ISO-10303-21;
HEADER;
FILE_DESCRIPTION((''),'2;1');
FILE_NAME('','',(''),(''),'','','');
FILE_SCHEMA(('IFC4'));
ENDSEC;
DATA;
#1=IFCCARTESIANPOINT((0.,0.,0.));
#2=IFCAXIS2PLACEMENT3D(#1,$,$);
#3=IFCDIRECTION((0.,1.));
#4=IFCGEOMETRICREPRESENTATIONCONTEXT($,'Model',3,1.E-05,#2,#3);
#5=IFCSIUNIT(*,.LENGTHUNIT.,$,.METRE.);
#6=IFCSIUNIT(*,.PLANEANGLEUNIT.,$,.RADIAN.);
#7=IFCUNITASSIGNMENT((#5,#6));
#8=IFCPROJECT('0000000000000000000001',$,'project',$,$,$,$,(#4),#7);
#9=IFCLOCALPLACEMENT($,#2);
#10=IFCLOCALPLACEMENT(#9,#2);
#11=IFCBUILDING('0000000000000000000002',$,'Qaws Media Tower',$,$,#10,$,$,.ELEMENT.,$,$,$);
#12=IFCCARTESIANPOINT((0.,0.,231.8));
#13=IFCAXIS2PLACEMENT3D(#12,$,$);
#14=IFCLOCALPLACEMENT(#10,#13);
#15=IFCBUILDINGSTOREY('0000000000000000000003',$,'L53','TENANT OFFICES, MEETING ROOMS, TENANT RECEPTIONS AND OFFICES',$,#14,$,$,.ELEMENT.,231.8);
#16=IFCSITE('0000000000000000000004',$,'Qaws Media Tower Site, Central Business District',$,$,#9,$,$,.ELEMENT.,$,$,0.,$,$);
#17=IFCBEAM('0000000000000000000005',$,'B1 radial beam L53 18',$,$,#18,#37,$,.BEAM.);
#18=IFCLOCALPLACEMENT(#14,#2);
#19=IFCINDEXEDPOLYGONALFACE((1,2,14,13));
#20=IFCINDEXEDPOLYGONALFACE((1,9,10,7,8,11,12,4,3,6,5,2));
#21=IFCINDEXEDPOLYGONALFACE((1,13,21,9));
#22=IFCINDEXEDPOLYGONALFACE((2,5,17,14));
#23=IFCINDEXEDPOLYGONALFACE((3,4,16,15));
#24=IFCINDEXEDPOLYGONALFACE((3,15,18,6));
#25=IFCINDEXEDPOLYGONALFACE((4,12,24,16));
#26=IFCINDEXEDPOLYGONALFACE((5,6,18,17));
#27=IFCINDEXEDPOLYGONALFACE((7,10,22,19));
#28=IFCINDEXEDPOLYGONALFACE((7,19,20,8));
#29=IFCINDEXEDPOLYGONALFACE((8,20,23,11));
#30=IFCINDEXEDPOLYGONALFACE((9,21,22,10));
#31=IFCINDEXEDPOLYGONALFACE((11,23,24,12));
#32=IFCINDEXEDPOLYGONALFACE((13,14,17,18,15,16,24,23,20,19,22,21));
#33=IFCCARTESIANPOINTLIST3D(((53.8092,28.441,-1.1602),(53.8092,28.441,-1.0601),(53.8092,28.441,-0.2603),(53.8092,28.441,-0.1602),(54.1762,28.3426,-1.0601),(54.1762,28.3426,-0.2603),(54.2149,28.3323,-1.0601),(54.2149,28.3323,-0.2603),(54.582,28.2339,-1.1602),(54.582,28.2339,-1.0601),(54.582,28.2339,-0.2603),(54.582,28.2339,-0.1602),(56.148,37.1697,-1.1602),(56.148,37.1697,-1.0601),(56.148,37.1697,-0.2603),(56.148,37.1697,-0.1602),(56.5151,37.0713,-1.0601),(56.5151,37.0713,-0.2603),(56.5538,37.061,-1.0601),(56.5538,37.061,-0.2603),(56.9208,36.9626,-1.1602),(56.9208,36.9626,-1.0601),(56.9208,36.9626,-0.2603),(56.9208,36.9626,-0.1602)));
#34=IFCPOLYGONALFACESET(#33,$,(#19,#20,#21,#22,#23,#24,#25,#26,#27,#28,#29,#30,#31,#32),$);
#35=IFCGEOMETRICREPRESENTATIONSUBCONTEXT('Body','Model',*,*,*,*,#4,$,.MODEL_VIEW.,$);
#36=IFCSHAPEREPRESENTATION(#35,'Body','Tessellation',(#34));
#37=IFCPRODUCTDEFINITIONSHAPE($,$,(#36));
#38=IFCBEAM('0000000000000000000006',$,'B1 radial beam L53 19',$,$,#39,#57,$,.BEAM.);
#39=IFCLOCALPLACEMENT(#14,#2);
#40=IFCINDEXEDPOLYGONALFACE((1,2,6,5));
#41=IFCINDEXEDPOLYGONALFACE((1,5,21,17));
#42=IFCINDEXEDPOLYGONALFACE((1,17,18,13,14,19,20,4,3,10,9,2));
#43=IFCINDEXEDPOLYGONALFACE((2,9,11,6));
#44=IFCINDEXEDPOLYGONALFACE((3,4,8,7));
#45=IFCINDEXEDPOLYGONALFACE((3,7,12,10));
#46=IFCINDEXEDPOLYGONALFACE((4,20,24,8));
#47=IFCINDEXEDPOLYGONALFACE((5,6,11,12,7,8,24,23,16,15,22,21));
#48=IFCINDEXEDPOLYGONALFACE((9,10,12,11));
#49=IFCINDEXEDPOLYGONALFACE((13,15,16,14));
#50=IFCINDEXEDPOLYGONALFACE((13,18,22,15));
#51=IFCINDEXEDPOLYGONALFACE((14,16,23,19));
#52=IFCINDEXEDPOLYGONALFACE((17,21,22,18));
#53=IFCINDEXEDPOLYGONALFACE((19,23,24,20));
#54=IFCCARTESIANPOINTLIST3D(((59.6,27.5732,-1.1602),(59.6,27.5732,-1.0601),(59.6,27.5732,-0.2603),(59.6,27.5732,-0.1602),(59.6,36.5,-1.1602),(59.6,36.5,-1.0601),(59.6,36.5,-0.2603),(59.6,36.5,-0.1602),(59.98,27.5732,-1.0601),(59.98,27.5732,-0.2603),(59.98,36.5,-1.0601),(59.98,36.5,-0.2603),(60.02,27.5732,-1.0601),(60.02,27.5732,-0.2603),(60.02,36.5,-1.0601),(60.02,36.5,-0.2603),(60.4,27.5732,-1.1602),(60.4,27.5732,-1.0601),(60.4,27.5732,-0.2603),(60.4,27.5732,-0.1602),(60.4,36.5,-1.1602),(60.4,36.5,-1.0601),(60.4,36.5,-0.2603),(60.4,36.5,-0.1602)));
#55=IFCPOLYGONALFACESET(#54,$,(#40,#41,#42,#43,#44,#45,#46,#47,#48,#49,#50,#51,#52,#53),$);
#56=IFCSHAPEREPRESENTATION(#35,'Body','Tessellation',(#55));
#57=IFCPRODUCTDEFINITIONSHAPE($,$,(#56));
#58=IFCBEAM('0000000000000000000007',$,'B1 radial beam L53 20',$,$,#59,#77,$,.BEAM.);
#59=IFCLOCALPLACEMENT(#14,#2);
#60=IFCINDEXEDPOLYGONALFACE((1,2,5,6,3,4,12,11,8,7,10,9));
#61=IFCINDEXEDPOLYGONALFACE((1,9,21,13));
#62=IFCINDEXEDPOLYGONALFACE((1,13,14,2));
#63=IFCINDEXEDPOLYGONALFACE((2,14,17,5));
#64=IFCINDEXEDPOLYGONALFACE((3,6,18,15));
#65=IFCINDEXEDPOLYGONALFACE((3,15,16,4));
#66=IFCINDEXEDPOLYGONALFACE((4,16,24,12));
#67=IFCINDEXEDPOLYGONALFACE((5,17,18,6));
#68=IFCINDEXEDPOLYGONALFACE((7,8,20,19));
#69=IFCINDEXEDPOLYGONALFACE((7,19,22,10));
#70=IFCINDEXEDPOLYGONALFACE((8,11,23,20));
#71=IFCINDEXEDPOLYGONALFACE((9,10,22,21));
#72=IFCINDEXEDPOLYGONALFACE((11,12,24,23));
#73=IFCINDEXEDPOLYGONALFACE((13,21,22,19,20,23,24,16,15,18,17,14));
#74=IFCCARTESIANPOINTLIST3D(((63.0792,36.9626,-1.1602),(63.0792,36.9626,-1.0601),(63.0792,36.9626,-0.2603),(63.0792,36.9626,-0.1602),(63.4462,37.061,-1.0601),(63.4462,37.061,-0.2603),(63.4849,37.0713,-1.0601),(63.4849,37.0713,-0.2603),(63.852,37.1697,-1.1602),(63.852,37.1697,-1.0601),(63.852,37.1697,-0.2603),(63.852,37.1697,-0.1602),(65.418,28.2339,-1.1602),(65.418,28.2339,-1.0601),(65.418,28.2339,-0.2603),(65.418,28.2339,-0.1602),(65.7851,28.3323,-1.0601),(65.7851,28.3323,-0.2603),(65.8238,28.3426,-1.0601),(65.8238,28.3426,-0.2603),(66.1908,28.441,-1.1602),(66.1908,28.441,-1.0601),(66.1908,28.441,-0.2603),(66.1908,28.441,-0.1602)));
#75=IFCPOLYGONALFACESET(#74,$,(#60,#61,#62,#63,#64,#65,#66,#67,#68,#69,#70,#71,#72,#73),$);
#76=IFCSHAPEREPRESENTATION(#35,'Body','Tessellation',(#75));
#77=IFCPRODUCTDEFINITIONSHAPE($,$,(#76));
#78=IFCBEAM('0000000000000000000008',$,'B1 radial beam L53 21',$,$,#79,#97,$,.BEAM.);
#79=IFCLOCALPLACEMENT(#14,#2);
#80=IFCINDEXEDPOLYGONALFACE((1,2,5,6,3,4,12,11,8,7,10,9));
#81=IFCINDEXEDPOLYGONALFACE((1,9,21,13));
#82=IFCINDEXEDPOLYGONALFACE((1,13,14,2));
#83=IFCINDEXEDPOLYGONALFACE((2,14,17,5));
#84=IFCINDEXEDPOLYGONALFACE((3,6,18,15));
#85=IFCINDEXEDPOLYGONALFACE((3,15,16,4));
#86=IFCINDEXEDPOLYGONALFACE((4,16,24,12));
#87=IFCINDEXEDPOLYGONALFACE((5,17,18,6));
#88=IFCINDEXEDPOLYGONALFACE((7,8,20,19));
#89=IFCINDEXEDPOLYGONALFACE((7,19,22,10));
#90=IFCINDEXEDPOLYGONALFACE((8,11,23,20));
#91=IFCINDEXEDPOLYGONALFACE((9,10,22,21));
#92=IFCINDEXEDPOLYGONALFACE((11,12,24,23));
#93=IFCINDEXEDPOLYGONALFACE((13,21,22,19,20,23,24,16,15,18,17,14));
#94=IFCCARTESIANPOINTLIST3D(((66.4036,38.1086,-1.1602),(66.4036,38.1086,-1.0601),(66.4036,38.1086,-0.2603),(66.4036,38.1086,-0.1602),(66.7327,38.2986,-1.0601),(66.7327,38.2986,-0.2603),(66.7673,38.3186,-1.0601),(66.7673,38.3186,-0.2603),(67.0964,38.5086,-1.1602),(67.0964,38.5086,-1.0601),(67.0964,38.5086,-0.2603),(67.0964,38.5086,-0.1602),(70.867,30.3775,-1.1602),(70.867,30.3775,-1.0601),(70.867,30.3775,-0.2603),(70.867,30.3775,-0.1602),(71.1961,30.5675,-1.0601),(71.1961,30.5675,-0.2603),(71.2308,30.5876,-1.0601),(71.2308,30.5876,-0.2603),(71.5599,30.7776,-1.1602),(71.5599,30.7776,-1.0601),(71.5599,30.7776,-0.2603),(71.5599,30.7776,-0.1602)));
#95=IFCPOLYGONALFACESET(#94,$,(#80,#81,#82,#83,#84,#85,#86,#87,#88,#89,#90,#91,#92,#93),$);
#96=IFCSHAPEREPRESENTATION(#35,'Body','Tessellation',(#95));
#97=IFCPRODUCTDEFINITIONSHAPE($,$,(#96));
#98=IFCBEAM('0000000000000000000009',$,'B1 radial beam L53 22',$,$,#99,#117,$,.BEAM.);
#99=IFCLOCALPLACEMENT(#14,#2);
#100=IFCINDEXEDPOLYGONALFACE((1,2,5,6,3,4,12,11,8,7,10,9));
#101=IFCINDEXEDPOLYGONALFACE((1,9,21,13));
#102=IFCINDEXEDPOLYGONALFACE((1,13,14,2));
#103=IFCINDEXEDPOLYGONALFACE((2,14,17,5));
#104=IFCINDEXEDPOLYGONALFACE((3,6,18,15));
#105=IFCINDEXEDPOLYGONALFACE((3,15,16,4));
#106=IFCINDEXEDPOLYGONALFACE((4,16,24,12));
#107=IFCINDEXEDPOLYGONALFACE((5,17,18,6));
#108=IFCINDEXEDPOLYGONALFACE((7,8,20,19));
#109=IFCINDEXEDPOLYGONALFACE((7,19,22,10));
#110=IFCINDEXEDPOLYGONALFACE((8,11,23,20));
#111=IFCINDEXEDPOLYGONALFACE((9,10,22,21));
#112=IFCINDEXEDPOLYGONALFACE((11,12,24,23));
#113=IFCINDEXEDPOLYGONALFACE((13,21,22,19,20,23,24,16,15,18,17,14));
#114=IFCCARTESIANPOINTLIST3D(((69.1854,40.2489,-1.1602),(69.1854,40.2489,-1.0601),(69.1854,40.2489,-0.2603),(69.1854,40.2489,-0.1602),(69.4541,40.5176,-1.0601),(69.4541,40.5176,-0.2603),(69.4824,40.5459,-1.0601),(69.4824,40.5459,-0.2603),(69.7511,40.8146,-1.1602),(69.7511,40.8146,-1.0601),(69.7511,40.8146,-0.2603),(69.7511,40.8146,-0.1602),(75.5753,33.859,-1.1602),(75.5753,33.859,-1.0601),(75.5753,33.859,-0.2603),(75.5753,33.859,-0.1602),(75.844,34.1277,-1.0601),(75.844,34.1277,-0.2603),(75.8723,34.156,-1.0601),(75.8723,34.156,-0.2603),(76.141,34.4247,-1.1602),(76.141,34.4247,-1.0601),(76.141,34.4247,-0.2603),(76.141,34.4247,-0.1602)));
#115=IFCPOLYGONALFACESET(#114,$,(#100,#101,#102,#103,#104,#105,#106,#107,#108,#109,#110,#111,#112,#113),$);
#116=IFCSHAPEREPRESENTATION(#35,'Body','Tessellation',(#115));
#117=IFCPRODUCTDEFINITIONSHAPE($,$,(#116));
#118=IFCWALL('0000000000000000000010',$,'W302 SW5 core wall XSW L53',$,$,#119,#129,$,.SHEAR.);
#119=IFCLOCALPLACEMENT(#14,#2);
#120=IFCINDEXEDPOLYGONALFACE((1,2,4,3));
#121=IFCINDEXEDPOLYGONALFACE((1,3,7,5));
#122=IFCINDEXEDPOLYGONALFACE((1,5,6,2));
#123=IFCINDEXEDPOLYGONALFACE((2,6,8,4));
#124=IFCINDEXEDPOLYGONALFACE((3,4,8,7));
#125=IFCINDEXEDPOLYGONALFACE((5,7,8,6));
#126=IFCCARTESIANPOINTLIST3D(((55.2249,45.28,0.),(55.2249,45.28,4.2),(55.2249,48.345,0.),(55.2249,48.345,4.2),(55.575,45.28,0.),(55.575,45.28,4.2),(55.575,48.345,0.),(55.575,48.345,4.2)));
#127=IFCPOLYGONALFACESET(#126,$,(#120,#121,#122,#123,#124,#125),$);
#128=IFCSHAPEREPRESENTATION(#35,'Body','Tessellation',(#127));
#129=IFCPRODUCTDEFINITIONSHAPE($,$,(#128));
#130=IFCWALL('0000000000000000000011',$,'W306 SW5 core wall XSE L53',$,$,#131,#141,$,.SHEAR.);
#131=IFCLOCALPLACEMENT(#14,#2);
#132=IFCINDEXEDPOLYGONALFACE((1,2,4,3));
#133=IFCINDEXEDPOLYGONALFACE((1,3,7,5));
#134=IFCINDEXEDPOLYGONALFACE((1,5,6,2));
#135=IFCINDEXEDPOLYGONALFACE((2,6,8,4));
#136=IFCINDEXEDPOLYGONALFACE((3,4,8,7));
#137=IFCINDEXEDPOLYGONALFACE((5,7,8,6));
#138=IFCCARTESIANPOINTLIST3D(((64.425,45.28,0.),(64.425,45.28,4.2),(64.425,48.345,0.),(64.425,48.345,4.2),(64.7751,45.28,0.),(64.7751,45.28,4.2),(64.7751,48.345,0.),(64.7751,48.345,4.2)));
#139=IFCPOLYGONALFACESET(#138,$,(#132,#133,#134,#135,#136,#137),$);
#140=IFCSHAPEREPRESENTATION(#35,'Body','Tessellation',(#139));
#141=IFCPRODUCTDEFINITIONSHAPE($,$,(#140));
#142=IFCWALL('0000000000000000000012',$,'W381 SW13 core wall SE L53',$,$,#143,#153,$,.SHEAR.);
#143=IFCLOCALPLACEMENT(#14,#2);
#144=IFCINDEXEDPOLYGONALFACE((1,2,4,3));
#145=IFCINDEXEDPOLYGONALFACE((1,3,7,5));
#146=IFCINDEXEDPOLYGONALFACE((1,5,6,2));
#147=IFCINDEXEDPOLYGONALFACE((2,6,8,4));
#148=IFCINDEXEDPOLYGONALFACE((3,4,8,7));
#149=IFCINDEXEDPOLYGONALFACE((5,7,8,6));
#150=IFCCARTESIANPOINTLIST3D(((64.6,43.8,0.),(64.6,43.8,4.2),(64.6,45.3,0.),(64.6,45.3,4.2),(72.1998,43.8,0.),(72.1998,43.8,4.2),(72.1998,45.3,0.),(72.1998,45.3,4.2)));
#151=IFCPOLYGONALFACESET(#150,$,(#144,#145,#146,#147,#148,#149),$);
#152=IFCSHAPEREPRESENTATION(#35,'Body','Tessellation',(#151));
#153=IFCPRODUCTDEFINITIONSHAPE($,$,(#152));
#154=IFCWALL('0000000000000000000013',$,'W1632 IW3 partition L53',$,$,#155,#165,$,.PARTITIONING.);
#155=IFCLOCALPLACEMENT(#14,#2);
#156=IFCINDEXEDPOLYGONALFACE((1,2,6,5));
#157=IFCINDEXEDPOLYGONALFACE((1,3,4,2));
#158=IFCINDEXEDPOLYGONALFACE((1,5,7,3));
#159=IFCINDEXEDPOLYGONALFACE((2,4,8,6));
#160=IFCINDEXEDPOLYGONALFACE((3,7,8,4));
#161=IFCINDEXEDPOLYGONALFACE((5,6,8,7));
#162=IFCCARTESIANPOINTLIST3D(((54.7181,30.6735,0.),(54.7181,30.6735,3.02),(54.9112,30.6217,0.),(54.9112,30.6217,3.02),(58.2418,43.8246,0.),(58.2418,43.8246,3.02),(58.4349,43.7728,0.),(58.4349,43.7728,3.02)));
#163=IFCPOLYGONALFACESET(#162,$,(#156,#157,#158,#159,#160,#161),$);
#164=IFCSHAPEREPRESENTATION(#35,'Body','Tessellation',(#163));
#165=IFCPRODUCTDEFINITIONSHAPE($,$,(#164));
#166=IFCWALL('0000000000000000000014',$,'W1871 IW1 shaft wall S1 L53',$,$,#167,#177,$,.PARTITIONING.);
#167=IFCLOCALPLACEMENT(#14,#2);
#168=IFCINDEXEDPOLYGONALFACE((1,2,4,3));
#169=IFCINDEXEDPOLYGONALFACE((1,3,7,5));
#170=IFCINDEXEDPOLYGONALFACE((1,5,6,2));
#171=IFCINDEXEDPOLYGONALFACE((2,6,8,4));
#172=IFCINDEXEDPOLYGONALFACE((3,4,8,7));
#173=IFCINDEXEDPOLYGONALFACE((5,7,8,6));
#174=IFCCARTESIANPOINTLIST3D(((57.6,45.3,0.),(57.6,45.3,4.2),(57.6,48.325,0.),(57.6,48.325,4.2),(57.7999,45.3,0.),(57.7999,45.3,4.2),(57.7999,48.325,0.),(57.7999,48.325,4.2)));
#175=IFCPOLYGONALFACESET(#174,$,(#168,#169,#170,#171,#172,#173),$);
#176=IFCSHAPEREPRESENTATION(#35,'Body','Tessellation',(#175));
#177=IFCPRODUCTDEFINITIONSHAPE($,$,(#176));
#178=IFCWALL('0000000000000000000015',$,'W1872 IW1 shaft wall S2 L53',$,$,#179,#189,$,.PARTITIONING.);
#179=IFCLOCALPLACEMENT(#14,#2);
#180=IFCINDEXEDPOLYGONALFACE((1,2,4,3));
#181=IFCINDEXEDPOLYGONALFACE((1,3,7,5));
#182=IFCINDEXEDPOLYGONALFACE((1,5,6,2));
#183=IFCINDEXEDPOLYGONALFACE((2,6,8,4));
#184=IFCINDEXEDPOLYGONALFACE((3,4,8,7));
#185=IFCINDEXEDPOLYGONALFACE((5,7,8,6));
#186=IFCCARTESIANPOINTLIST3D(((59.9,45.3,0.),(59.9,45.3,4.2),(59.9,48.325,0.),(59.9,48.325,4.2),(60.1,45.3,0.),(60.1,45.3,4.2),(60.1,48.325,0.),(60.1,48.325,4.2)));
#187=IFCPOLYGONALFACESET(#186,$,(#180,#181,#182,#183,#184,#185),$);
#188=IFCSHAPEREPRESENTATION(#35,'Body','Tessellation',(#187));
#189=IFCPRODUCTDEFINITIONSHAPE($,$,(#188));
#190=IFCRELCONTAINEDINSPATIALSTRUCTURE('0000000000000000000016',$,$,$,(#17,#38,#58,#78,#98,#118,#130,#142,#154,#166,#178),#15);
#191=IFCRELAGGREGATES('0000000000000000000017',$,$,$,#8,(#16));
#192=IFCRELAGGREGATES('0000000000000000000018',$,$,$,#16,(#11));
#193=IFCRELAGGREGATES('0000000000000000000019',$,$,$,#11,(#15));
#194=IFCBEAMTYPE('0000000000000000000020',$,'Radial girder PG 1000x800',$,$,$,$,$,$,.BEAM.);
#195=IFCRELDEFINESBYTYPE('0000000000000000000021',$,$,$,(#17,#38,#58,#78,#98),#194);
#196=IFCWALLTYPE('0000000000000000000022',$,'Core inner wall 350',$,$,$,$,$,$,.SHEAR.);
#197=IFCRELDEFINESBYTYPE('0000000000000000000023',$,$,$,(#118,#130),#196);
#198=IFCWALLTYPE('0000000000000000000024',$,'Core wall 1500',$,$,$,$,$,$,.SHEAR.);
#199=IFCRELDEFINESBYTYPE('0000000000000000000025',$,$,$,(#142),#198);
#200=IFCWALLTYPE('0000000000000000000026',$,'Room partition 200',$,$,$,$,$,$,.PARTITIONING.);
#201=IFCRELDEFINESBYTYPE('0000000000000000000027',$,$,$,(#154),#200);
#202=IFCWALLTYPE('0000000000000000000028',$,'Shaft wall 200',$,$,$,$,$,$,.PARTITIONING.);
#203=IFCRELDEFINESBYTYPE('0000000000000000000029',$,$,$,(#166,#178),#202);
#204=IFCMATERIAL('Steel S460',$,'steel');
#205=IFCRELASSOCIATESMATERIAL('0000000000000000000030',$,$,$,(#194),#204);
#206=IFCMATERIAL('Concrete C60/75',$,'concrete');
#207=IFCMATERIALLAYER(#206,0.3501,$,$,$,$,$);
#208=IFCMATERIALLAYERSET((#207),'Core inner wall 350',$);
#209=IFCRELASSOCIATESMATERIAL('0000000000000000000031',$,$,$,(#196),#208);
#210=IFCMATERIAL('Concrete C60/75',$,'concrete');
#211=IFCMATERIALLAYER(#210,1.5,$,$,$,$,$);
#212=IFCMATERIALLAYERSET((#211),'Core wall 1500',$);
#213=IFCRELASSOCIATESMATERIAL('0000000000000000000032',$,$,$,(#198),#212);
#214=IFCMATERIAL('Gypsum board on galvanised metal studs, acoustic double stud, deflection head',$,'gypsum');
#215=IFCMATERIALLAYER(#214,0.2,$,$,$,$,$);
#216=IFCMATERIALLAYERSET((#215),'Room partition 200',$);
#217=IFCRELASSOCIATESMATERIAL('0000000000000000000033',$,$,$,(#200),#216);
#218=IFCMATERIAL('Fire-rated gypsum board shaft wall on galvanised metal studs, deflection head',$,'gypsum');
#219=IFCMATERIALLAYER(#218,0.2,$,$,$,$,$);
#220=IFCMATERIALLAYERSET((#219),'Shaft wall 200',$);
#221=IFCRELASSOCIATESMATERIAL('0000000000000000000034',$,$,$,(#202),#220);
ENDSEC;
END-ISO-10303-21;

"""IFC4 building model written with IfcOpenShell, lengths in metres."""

from ifc_helpers import new_model, si_unit, direction, frame, frame_2d, origin, origin_2d, place, context, subcontext, project, spatial, rectangle, i_section, extrude, material, layer, layer_set, material_profile, profile_set, type_object, element, save


model = new_model("IFC4")

# Units and contexts
model_context = context("Model", 3, precision=1e-05, world=origin(), true_north=direction((0.0, 1.0)))
body_context = subcontext(model_context, "Body", "Model", "MODEL_VIEW")
ifc_project = project(units=[si_unit("LENGTHUNIT", "METRE"), si_unit("PLANEANGLEUNIT", "RADIAN")], contexts=[model_context])

# Site, building, storey
site_placement = place(None, origin())
site = spatial("IfcSite", under=ifc_project, at=site_placement, Name="Qaws Media Tower Site, Central Business District", CompositionType="ELEMENT", RefElevation=0.0)
building_placement = place(site_placement, origin())
building = spatial("IfcBuilding", under=site, at=building_placement, Name="Qaws Media Tower", CompositionType="ELEMENT")
storey_placement = place(building_placement, frame((0.0, 0.0, 231.8)))
storey = spatial("IfcBuildingStorey", under=building, at=storey_placement, Name="L53", Description="TENANT OFFICES, MEETING ROOMS, TENANT RECEPTIONS AND OFFICES", CompositionType="ELEMENT", Elevation=231.8)

# Beams
ifc_material_1 = material(Name="Steel S460", Category="steel")
ifc_material_profile_1 = material_profile(ifc_material_1, i_section(OverallWidth=0.8, OverallDepth=1.0, WebThickness=0.04, FlangeThickness=0.1001, at=origin_2d()), Name="PG 1000x800")
ifc_profile_set_1 = profile_set([ifc_material_profile_1], Name="Steel S460")
beam_type_1 = type_object("IfcBeamType", Name="Radial girder PG 1000x800", PredefinedType="BEAM", material=ifc_profile_set_1)
beam_1_placement = place(storey_placement, frame((56.5344, 37.0662, -0.6602), z_axis=(-0.258819, -0.965926, 0.0), x_axis=(0.965926, -0.258819, 0.0)))
element("IfcBeam", 1, at=beam_1_placement, inside=storey, type_object=beam_type_1, Name="B1 radial beam L53 18", PredefinedType="BEAM", context=body_context, shape_type="SweptSolid", body=[
    extrude(i_section(OverallWidth=0.8, OverallDepth=1.0, WebThickness=0.04, FlangeThickness=0.1001, at=origin_2d()), origin(), (0.0, 0.0, 1.0), 9.0366),
])
beam_2_placement = place(storey_placement, frame((60.0, 36.5, -0.6602), z_axis=(0.0, -1.0, 0.0), x_axis=(1.0, 0.0, 0.0)))
element("IfcBeam", 2, at=beam_2_placement, inside=storey, type_object=beam_type_1, Name="B1 radial beam L53 19", PredefinedType="BEAM", context=body_context, shape_type="SweptSolid", body=[
    extrude(i_section(OverallWidth=0.8, OverallDepth=1.0, WebThickness=0.04, FlangeThickness=0.1001, at=origin_2d()), origin(), (0.0, 0.0, 1.0), 8.9268),
])
beam_3_placement = place(storey_placement, frame((63.4656, 37.0662, -0.6602), z_axis=(0.258819, -0.965926, 0.0), x_axis=(0.965926, 0.258819, 0.0)))
element("IfcBeam", 3, at=beam_3_placement, inside=storey, type_object=beam_type_1, Name="B1 radial beam L53 20", PredefinedType="BEAM", context=body_context, shape_type="SweptSolid", body=[
    extrude(i_section(OverallWidth=0.8, OverallDepth=1.0, WebThickness=0.04, FlangeThickness=0.1001, at=origin_2d()), origin(), (0.0, 0.0, 1.0), 9.0366),
])
beam_4_placement = place(storey_placement, frame((66.75, 38.3086, -0.6602), z_axis=(0.499992, -0.86603, 0.0), x_axis=(0.86603, 0.499992, 0.0)))
element("IfcBeam", 4, at=beam_4_placement, inside=storey, type_object=beam_type_1, Name="B1 radial beam L53 21", PredefinedType="BEAM", context=body_context, shape_type="SweptSolid", body=[
    extrude(i_section(OverallWidth=0.8, OverallDepth=1.0, WebThickness=0.04, FlangeThickness=0.1001, at=origin_2d()), origin(), (0.0, 0.0, 1.0), 8.927),
])
beam_5_placement = place(storey_placement, frame((69.4683, 40.5317, -0.6602), z_axis=(0.707107, -0.707107, 0.0), x_axis=(0.707107, 0.707107, 0.0)))
element("IfcBeam", 5, at=beam_5_placement, inside=storey, type_object=beam_type_1, Name="B1 radial beam L53 22", PredefinedType="BEAM", context=body_context, shape_type="SweptSolid", body=[
    extrude(i_section(OverallWidth=0.8, OverallDepth=1.0, WebThickness=0.04, FlangeThickness=0.1001, at=origin_2d()), origin(), (0.0, 0.0, 1.0), 9.0366),
])

# Walls
ifc_material_2 = material(Name="Concrete C60/75", Category="concrete")
ifc_layer_1 = layer(ifc_material_2, 0.3501)
ifc_layer_set_1 = layer_set([ifc_layer_1], Name="Core inner wall 350")
wall_type_1 = type_object("IfcWallType", Name="Core inner wall 350", PredefinedType="SHEAR", material=ifc_layer_set_1)
for number, where, z_axis, x_axis, name in (
    (6, (55.3999, 48.345, 0.0), (0.0, 0.0, 1.0), (0.0, -1.0, 0.0), "W302 SW5 core wall XSW L53"),
    (7, (64.6001, 48.345, 0.0), (0.0, 0.0, 1.0), (0.0, -1.0, 0.0), "W306 SW5 core wall XSE L53"),
):
    element("IfcWall", number, at=place(storey_placement, frame(where, z_axis=z_axis, x_axis=x_axis)), inside=storey, type_object=wall_type_1, Name=name, PredefinedType="SHEAR", context=body_context, shape_type="SweptSolid", body=[
        extrude(rectangle(XDim=3.0649, YDim=0.3501, at=frame_2d((1.5325, 0.0))), origin(), (0.0, 0.0, 1.0), 4.2),
    ])
ifc_material_3 = material(Name="Concrete C60/75", Category="concrete")
ifc_layer_2 = layer(ifc_material_3, 1.5)
ifc_layer_set_2 = layer_set([ifc_layer_2], Name="Core wall 1500")
wall_type_2 = type_object("IfcWallType", Name="Core wall 1500", PredefinedType="SHEAR", material=ifc_layer_set_2)
wall_1_placement = place(storey_placement, frame((64.6001, 44.55, 0.0), z_axis=(0.0, 0.0, 1.0), x_axis=(1.0, 0.0, 0.0)))
element("IfcWall", 8, at=wall_1_placement, inside=storey, type_object=wall_type_2, Name="W381 SW13 core wall SE L53", PredefinedType="SHEAR", context=body_context, shape_type="SweptSolid", body=[
    extrude(rectangle(XDim=7.5999, YDim=1.5, at=frame_2d((3.7998, 0.0))), origin(), (0.0, 0.0, 1.0), 4.2),
])
ifc_material_4 = material(Name="Gypsum board on galvanised metal studs, acoustic double stud, deflection head", Category="gypsum")
ifc_layer_3 = layer(ifc_material_4, 0.2)
ifc_layer_set_3 = layer_set([ifc_layer_3], Name="Room partition 200")
wall_type_3 = type_object("IfcWallType", Name="Room partition 200", PredefinedType="PARTITIONING", material=ifc_layer_set_3)
wall_2_placement = place(storey_placement, frame((58.3384, 43.7988, 0.0), z_axis=(0.0, 0.0, 1.0), x_axis=(-0.258809, -0.965929, 0.0)))
element("IfcWall", 9, at=wall_2_placement, inside=storey, type_object=wall_type_3, Name="W1632 IW3 partition L53", PredefinedType="PARTITIONING", context=body_context, shape_type="SweptSolid", body=[
    extrude(rectangle(XDim=13.615, YDim=0.2, at=frame_2d((6.8076, 0.0))), origin(), (0.0, 0.0, 1.0), 3.02),
])
ifc_material_5 = material(Name="Fire-rated gypsum board shaft wall on galvanised metal studs, deflection head", Category="gypsum")
ifc_layer_4 = layer(ifc_material_5, 0.2)
ifc_layer_set_4 = layer_set([ifc_layer_4], Name="Shaft wall 200")
wall_type_4 = type_object("IfcWallType", Name="Shaft wall 200", PredefinedType="PARTITIONING", material=ifc_layer_set_4)
for number, where, z_axis, x_axis, name in (
    (10, (57.7, 45.3, 0.0), (0.0, 0.0, 1.0), (0.0, 1.0, 0.0), "W1871 IW1 shaft wall S1 L53"),
    (11, (60.0, 45.3, 0.0), (0.0, 0.0, 1.0), (0.0, 1.0, 0.0), "W1872 IW1 shaft wall S2 L53"),
):
    element("IfcWall", number, at=place(storey_placement, frame(where, z_axis=z_axis, x_axis=x_axis)), inside=storey, type_object=wall_type_4, Name=name, PredefinedType="PARTITIONING", context=body_context, shape_type="SweptSolid", body=[
        extrude(rectangle(XDim=3.0249, YDim=0.2, at=frame_2d((1.5125, 0.0))), origin(), (0.0, 0.0, 1.0), 4.2),
    ])

save(model, "model.ifc")
